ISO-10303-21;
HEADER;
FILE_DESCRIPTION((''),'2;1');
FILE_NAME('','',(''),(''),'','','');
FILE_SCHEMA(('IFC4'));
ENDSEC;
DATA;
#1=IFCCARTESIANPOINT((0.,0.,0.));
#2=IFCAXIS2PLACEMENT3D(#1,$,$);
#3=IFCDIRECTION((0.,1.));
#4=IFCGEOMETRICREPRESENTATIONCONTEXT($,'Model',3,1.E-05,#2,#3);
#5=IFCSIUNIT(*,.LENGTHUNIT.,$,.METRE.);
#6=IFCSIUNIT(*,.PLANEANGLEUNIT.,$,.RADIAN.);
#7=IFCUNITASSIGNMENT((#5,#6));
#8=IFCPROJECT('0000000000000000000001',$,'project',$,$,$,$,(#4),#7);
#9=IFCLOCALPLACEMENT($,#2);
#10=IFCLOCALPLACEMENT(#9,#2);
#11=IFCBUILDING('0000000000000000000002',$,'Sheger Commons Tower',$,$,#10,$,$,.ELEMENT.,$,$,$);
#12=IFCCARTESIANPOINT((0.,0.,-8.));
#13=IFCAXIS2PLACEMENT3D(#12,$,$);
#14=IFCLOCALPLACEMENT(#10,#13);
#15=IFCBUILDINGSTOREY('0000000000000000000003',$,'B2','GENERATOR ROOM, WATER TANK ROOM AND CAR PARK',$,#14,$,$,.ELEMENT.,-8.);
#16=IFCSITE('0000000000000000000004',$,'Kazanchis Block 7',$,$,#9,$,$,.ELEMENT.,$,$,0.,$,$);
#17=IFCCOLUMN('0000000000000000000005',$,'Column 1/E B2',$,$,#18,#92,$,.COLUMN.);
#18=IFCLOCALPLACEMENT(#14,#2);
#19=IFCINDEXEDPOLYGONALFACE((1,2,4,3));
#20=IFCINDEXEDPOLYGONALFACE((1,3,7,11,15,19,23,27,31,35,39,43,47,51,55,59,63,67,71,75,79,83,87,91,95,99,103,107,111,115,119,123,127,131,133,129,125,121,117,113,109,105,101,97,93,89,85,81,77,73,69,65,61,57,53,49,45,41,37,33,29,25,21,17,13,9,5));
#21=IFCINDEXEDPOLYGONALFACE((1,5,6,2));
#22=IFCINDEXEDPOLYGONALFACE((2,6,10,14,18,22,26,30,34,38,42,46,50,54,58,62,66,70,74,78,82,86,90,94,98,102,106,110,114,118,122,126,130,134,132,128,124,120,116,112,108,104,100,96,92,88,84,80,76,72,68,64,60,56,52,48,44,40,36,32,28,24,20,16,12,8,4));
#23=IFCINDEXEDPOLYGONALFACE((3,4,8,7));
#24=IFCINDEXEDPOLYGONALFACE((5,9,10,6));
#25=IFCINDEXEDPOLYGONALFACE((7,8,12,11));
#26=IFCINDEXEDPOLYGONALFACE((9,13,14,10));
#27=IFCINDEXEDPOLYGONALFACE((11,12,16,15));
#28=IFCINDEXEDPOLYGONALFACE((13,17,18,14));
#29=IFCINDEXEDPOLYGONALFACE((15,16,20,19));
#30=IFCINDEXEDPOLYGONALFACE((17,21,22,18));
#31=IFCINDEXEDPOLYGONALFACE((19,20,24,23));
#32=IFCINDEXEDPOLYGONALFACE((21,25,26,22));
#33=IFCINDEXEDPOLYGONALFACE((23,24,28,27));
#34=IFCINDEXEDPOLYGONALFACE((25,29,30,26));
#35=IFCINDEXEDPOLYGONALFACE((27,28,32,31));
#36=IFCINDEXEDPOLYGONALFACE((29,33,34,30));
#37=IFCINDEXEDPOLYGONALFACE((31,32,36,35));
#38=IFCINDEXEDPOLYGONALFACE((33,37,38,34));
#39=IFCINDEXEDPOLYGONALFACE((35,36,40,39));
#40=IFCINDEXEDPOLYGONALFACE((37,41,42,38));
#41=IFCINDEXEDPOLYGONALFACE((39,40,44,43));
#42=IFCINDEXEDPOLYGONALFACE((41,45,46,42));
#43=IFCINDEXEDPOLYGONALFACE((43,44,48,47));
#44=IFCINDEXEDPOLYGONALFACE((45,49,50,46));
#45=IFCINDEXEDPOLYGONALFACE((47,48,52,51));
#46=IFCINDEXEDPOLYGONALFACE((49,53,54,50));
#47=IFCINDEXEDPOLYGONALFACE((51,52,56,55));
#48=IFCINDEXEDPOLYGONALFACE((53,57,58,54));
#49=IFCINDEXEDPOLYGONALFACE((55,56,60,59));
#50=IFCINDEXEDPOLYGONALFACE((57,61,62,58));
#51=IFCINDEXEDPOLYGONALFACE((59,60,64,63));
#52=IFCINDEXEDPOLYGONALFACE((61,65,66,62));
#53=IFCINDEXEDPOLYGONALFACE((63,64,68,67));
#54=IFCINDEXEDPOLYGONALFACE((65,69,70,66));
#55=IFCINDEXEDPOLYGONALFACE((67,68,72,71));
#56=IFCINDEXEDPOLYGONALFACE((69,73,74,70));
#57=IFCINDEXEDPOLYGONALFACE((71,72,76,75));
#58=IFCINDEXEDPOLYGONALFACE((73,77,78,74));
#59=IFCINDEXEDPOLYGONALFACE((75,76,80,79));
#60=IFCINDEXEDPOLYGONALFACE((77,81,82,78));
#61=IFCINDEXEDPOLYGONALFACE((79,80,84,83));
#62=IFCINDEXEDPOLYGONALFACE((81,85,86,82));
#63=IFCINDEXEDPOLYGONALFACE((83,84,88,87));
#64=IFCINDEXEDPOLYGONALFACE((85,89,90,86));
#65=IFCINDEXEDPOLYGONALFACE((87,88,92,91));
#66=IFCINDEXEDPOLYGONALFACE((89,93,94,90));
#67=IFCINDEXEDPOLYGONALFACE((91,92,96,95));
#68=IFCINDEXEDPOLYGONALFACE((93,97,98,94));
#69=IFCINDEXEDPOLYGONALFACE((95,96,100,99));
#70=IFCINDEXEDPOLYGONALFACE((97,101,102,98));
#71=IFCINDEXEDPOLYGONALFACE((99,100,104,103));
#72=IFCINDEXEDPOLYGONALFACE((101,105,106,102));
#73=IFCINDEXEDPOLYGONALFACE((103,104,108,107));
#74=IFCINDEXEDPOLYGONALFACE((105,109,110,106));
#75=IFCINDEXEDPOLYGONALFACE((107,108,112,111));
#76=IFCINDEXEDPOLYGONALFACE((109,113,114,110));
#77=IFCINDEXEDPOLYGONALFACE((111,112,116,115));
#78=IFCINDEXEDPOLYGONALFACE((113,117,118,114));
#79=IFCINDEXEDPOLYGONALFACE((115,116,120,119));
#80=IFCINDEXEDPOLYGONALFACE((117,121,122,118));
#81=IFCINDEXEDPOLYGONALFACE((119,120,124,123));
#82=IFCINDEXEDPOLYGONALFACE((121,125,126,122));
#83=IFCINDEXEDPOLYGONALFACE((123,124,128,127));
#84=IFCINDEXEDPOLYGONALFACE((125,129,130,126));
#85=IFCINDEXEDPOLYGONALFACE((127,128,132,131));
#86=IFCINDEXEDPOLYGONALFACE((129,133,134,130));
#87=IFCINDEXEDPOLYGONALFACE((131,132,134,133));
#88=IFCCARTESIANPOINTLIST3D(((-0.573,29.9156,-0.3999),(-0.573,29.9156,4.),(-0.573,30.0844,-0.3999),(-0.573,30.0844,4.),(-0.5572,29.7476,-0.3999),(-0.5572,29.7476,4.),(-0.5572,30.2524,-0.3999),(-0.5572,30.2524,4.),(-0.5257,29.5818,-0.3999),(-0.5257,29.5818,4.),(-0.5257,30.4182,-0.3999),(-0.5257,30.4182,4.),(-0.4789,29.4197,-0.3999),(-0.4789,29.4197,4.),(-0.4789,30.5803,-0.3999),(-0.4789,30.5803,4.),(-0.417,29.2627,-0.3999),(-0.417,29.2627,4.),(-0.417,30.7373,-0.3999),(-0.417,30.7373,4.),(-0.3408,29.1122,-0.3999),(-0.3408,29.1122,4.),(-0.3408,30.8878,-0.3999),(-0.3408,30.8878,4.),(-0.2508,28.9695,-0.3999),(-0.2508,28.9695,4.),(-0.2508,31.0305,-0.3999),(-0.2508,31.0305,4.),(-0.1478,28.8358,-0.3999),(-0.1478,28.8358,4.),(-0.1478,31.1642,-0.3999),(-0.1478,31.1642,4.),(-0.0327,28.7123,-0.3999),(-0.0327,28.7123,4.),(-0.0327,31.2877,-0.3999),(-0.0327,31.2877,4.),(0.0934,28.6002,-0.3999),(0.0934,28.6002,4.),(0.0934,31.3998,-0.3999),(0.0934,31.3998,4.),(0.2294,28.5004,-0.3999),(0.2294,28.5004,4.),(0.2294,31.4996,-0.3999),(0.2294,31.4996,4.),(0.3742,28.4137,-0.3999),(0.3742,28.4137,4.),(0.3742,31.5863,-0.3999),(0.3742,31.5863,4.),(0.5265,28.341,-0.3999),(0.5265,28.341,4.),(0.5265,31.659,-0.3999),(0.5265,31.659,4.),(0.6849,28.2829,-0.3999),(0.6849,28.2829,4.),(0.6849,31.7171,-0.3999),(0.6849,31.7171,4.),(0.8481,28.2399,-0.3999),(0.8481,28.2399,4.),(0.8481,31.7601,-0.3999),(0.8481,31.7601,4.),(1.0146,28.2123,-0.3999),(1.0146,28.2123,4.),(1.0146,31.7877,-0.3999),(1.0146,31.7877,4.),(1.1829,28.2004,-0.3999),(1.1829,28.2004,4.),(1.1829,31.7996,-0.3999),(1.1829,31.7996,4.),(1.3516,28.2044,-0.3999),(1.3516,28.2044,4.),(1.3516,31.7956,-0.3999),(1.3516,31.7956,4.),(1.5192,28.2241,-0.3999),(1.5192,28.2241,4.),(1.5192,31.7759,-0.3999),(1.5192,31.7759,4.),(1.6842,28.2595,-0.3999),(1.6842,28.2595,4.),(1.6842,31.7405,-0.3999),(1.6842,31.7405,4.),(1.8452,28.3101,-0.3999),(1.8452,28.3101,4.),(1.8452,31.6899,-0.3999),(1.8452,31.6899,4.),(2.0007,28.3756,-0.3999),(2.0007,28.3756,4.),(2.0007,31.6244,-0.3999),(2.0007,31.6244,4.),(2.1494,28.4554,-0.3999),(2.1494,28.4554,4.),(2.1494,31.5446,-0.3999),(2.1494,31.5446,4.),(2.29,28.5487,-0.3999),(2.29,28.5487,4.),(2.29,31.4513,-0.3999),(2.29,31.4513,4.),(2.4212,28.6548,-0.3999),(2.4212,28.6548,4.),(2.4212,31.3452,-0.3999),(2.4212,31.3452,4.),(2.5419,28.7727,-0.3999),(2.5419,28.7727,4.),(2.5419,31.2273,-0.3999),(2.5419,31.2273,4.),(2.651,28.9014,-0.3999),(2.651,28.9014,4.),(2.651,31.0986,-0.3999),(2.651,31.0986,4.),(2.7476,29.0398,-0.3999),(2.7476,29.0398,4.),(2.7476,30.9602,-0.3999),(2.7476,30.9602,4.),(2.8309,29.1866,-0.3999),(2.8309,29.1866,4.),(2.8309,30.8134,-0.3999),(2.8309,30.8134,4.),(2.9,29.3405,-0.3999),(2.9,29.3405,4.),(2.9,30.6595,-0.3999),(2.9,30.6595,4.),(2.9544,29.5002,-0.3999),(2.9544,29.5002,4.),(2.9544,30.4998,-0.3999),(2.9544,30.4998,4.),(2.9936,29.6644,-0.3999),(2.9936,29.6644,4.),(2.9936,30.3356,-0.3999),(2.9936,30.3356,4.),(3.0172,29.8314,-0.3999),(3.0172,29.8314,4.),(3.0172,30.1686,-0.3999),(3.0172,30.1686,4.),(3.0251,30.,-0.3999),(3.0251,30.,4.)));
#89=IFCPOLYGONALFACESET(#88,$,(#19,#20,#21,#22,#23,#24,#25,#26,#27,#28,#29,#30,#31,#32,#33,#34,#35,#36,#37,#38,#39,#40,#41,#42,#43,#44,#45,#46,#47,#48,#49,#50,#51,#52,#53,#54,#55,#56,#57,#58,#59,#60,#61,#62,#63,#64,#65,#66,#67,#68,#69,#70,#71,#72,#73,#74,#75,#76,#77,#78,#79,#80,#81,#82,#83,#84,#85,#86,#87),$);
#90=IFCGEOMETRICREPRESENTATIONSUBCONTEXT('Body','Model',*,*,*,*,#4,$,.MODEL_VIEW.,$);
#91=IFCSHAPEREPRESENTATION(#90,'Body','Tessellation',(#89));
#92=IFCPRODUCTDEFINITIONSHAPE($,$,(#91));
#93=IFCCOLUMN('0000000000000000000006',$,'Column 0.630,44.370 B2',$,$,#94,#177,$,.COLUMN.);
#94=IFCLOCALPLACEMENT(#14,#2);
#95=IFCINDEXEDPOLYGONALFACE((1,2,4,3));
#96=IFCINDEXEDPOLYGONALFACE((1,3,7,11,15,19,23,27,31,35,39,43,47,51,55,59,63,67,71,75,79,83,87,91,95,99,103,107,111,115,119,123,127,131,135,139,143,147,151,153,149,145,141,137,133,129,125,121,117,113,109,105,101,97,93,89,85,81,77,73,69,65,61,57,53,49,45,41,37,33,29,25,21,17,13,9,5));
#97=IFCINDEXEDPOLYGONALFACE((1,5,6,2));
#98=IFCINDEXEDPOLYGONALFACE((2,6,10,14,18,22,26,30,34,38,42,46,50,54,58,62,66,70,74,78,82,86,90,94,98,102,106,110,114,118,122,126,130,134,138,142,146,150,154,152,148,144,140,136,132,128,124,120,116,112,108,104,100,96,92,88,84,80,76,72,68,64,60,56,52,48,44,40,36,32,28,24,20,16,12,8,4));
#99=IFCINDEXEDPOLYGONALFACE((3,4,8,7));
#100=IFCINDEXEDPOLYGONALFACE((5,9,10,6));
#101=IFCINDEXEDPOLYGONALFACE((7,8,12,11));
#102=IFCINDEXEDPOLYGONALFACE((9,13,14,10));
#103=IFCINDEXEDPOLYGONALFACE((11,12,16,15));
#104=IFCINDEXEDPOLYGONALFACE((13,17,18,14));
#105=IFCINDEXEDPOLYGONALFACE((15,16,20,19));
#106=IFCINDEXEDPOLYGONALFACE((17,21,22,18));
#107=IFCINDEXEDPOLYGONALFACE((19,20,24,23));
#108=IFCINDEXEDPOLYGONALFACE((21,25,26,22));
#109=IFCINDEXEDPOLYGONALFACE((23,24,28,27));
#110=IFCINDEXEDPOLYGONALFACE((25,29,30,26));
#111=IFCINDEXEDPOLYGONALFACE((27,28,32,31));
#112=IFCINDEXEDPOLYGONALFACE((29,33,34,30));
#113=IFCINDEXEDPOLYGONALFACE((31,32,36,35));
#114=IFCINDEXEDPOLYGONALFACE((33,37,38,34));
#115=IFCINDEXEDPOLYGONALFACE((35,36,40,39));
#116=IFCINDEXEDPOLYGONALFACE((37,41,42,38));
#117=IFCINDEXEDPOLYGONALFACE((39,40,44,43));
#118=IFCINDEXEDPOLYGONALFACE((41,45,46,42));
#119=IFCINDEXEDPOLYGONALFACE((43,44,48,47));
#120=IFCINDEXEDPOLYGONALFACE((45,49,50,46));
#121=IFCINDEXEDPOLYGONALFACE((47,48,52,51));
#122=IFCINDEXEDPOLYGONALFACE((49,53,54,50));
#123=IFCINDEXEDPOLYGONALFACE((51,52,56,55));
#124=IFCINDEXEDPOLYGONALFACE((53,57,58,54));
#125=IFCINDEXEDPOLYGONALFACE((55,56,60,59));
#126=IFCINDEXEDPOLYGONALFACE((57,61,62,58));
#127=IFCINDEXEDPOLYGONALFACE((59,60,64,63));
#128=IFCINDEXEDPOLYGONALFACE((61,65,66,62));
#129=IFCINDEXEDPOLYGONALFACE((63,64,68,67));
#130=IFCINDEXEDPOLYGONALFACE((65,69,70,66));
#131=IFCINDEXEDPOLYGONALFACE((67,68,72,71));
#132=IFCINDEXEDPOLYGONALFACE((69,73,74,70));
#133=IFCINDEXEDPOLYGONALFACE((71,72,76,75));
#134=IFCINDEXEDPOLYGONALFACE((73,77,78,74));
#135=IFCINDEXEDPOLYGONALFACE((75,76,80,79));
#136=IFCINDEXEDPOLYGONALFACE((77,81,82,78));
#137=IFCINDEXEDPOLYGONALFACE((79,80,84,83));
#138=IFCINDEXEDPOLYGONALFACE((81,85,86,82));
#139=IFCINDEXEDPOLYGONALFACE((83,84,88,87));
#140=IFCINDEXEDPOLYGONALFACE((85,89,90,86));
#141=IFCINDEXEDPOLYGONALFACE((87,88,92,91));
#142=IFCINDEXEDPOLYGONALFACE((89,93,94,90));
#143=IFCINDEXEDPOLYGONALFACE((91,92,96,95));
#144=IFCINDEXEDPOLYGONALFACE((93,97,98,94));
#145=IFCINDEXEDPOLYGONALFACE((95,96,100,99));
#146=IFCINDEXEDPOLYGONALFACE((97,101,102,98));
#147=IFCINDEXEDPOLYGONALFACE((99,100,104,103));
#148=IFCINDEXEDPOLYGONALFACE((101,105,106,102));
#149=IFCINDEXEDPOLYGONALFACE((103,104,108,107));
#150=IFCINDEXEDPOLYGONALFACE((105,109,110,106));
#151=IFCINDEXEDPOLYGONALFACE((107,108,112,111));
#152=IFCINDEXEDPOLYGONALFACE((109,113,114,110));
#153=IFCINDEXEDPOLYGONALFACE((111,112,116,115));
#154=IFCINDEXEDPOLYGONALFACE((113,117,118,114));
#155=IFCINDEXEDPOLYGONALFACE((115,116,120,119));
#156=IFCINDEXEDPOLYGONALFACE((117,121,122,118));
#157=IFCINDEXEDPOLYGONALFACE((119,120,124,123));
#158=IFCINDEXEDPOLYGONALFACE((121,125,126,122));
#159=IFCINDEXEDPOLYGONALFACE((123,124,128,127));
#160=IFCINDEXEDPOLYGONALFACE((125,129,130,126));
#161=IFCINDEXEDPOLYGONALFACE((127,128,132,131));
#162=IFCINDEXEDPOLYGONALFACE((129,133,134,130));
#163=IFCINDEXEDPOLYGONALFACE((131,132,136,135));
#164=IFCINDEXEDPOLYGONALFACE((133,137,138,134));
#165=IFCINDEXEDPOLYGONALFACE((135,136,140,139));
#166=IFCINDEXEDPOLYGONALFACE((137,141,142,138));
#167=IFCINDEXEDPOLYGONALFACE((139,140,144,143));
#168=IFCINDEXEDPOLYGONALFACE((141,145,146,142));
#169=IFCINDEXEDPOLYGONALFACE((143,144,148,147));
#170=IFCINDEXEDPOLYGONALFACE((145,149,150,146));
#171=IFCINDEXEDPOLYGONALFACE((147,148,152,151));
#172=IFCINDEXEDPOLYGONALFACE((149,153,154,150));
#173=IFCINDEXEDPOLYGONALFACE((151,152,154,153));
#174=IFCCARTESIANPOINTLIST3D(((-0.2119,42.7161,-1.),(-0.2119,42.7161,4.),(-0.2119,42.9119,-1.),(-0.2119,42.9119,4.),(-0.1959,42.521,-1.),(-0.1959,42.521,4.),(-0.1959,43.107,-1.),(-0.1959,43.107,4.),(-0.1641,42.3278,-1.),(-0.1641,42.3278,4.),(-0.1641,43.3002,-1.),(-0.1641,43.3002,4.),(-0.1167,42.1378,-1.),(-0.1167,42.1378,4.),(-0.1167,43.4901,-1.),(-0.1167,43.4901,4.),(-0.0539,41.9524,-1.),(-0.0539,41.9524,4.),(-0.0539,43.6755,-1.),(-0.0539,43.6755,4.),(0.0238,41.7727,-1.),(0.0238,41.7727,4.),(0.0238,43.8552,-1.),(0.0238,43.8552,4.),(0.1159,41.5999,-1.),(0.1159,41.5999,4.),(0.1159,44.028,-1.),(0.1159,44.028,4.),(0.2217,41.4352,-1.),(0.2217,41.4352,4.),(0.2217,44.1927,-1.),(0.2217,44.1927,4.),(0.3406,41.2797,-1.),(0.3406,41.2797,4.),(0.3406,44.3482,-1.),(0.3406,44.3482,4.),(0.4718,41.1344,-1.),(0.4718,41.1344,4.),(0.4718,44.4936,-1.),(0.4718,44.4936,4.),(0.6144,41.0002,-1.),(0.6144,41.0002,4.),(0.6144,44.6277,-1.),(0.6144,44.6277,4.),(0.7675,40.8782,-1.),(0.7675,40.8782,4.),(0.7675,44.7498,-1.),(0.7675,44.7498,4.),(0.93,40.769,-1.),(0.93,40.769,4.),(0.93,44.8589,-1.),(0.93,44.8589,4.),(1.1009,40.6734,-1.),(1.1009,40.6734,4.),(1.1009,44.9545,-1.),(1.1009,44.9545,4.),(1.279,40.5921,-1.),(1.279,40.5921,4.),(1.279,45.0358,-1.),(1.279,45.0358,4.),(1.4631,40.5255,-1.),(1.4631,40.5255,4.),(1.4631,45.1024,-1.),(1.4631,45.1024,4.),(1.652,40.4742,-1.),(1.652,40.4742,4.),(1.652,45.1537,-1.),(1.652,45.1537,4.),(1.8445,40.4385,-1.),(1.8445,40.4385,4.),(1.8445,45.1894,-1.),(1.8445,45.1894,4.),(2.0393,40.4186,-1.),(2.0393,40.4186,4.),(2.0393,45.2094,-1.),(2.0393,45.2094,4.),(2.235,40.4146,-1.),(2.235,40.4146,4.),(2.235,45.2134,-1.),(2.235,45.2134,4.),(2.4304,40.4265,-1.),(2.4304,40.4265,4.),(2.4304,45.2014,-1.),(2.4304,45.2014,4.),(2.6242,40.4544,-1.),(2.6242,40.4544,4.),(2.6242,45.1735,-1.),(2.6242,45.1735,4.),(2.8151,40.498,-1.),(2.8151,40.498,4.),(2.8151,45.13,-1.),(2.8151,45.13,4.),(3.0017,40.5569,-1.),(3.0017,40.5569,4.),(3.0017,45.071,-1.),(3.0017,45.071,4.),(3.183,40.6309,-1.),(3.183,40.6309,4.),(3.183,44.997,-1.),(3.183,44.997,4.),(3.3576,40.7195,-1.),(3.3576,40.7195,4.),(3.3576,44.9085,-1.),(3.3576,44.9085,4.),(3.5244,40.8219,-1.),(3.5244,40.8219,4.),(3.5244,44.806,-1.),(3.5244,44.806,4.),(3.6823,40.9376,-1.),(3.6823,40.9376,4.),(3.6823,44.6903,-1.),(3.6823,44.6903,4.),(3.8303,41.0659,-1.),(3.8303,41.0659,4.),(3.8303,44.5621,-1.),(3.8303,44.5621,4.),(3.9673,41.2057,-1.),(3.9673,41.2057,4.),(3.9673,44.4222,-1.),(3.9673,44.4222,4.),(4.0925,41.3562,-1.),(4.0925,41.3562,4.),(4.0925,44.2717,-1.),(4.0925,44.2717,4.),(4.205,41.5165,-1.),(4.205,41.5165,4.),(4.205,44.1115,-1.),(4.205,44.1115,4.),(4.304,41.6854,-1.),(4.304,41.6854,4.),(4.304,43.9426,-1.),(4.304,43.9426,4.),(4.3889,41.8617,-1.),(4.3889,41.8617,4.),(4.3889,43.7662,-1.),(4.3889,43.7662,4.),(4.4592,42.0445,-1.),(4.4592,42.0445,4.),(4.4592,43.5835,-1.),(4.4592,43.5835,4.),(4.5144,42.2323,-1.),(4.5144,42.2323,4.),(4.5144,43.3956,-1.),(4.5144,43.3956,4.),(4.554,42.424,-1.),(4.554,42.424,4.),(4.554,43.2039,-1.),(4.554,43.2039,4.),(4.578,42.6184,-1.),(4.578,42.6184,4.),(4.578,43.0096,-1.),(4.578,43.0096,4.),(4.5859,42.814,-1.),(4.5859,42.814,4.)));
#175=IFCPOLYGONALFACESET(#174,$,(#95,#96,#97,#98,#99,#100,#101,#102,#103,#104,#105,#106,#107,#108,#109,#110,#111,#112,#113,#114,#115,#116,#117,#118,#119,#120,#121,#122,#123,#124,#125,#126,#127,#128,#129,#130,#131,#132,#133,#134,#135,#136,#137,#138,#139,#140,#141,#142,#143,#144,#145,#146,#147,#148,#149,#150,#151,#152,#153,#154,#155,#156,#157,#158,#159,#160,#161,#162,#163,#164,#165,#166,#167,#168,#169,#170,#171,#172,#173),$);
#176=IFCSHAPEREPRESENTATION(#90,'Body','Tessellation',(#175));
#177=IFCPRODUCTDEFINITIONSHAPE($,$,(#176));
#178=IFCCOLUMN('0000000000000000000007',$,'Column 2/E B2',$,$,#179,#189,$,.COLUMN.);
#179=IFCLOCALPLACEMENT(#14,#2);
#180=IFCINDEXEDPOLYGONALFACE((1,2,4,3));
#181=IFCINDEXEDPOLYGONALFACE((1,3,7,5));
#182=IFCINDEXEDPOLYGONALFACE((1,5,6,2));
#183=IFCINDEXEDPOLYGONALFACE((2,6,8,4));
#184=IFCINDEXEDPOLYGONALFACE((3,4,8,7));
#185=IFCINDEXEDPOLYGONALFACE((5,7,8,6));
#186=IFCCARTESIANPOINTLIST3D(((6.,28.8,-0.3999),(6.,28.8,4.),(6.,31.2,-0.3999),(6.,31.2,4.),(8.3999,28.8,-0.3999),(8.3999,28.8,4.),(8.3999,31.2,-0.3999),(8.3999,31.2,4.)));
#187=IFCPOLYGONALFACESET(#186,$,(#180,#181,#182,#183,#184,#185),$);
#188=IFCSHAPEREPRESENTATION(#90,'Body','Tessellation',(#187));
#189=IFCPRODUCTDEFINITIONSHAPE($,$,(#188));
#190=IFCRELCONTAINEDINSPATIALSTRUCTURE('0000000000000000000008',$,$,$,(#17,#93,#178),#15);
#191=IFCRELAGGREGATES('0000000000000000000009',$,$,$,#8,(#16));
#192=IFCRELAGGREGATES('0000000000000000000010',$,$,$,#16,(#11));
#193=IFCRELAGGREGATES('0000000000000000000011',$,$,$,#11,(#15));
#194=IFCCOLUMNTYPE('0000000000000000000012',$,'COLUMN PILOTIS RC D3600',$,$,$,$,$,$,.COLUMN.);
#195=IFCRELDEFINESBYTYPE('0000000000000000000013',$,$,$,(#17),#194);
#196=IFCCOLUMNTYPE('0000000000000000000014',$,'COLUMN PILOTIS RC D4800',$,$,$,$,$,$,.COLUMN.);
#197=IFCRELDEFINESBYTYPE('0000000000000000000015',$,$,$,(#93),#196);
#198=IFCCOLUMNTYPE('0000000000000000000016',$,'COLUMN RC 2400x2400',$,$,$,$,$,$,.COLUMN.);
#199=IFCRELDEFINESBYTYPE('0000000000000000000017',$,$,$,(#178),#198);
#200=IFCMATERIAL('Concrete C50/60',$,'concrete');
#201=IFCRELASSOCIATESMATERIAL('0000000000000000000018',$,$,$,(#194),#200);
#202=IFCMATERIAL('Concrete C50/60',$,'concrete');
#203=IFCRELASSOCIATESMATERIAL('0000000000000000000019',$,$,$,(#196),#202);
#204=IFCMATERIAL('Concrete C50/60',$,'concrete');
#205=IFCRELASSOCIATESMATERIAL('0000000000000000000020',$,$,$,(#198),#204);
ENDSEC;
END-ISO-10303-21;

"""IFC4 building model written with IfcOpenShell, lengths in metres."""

from ifc_helpers import new_model, si_unit, direction, frame, origin, origin_2d, place, context, subcontext, project, spatial, rectangle, circle, extrude, material, material_profile, profile_set, type_object, element, save


model = new_model("IFC4")

# Units and contexts
model_context = context("Model", 3, precision=1e-05, world=origin(), true_north=direction((0.0, 1.0)))
body_context = subcontext(model_context, "Body", "Model", "MODEL_VIEW")
ifc_project = project(units=[si_unit("LENGTHUNIT", "METRE"), si_unit("PLANEANGLEUNIT", "RADIAN")], contexts=[model_context])

# Site, building, storey
site_placement = place(None, origin())
site = spatial("IfcSite", under=ifc_project, at=site_placement, Name="Kazanchis Block 7", CompositionType="ELEMENT", RefElevation=0.0)
building_placement = place(site_placement, origin())
building = spatial("IfcBuilding", under=site, at=building_placement, Name="Sheger Commons Tower", CompositionType="ELEMENT")
storey_placement = place(building_placement, frame((0.0, 0.0, -8.0)))
storey = spatial("IfcBuildingStorey", under=building, at=storey_placement, Name="B2", Description="GENERATOR ROOM, WATER TANK ROOM AND CAR PARK", CompositionType="ELEMENT", Elevation=-8.0)

# Columns
ifc_material_1 = material(Name="Concrete C50/60", Category="concrete")
ifc_material_profile_1 = material_profile(ifc_material_1, circle(Radius=1.8, at=origin_2d()), Name="RC D3600")
ifc_profile_set_1 = profile_set([ifc_material_profile_1], Name="Concrete C50/60")
column_type_1 = type_object("IfcColumnType", Name="COLUMN PILOTIS RC D3600", PredefinedType="COLUMN", material=ifc_profile_set_1)
column_1_placement = place(storey_placement, frame((1.2251, 30.0, -0.3999), z_axis=(0.0, 0.0, 1.0), x_axis=(1.0, 0.0, 0.0)))
element("IfcColumn", 1, at=column_1_placement, inside=storey, type_object=column_type_1, Name="Column 1/E B2", PredefinedType="COLUMN", context=body_context, shape_type="SweptSolid", body=[
    extrude(circle(Radius=1.8, at=origin_2d()), origin(), (0.0, 0.0, 1.0), 4.3999),
])
ifc_material_2 = material(Name="Concrete C50/60", Category="concrete")
ifc_material_profile_2 = material_profile(ifc_material_2, circle(Radius=2.3999, at=origin_2d()), Name="RC D4800")
ifc_profile_set_2 = profile_set([ifc_material_profile_2], Name="Concrete C50/60")
column_type_2 = type_object("IfcColumnType", Name="COLUMN PILOTIS RC D4800", PredefinedType="COLUMN", material=ifc_profile_set_2)
column_2_placement = place(storey_placement, frame((2.186, 42.814, -1.0), z_axis=(0.0, 0.0, 1.0), x_axis=(1.0, 0.0, 0.0)))
element("IfcColumn", 2, at=column_2_placement, inside=storey, type_object=column_type_2, Name="Column 0.630,44.370 B2", PredefinedType="COLUMN", context=body_context, shape_type="SweptSolid", body=[
    extrude(circle(Radius=2.3999, at=origin_2d()), origin(), (0.0, 0.0, 1.0), 5.0),
])
ifc_material_3 = material(Name="Concrete C50/60", Category="concrete")
ifc_material_profile_3 = material_profile(ifc_material_3, rectangle(XDim=2.3999, YDim=2.3999, at=origin_2d()), Name="RC 2400x2400")
ifc_profile_set_3 = profile_set([ifc_material_profile_3], Name="Concrete C50/60")
column_type_3 = type_object("IfcColumnType", Name="COLUMN RC 2400x2400", PredefinedType="COLUMN", material=ifc_profile_set_3)
column_3_placement = place(storey_placement, frame((7.2, 30.0, -0.3999), z_axis=(0.0, 0.0, 1.0), x_axis=(1.0, 0.0, 0.0)))
element("IfcColumn", 3, at=column_3_placement, inside=storey, type_object=column_type_3, Name="Column 2/E B2", PredefinedType="COLUMN", context=body_context, shape_type="SweptSolid", body=[
    extrude(rectangle(XDim=2.3999, YDim=2.3999, at=origin_2d()), origin(), (0.0, 0.0, 1.0), 4.3999),
])

save(model, "model.ifc")
